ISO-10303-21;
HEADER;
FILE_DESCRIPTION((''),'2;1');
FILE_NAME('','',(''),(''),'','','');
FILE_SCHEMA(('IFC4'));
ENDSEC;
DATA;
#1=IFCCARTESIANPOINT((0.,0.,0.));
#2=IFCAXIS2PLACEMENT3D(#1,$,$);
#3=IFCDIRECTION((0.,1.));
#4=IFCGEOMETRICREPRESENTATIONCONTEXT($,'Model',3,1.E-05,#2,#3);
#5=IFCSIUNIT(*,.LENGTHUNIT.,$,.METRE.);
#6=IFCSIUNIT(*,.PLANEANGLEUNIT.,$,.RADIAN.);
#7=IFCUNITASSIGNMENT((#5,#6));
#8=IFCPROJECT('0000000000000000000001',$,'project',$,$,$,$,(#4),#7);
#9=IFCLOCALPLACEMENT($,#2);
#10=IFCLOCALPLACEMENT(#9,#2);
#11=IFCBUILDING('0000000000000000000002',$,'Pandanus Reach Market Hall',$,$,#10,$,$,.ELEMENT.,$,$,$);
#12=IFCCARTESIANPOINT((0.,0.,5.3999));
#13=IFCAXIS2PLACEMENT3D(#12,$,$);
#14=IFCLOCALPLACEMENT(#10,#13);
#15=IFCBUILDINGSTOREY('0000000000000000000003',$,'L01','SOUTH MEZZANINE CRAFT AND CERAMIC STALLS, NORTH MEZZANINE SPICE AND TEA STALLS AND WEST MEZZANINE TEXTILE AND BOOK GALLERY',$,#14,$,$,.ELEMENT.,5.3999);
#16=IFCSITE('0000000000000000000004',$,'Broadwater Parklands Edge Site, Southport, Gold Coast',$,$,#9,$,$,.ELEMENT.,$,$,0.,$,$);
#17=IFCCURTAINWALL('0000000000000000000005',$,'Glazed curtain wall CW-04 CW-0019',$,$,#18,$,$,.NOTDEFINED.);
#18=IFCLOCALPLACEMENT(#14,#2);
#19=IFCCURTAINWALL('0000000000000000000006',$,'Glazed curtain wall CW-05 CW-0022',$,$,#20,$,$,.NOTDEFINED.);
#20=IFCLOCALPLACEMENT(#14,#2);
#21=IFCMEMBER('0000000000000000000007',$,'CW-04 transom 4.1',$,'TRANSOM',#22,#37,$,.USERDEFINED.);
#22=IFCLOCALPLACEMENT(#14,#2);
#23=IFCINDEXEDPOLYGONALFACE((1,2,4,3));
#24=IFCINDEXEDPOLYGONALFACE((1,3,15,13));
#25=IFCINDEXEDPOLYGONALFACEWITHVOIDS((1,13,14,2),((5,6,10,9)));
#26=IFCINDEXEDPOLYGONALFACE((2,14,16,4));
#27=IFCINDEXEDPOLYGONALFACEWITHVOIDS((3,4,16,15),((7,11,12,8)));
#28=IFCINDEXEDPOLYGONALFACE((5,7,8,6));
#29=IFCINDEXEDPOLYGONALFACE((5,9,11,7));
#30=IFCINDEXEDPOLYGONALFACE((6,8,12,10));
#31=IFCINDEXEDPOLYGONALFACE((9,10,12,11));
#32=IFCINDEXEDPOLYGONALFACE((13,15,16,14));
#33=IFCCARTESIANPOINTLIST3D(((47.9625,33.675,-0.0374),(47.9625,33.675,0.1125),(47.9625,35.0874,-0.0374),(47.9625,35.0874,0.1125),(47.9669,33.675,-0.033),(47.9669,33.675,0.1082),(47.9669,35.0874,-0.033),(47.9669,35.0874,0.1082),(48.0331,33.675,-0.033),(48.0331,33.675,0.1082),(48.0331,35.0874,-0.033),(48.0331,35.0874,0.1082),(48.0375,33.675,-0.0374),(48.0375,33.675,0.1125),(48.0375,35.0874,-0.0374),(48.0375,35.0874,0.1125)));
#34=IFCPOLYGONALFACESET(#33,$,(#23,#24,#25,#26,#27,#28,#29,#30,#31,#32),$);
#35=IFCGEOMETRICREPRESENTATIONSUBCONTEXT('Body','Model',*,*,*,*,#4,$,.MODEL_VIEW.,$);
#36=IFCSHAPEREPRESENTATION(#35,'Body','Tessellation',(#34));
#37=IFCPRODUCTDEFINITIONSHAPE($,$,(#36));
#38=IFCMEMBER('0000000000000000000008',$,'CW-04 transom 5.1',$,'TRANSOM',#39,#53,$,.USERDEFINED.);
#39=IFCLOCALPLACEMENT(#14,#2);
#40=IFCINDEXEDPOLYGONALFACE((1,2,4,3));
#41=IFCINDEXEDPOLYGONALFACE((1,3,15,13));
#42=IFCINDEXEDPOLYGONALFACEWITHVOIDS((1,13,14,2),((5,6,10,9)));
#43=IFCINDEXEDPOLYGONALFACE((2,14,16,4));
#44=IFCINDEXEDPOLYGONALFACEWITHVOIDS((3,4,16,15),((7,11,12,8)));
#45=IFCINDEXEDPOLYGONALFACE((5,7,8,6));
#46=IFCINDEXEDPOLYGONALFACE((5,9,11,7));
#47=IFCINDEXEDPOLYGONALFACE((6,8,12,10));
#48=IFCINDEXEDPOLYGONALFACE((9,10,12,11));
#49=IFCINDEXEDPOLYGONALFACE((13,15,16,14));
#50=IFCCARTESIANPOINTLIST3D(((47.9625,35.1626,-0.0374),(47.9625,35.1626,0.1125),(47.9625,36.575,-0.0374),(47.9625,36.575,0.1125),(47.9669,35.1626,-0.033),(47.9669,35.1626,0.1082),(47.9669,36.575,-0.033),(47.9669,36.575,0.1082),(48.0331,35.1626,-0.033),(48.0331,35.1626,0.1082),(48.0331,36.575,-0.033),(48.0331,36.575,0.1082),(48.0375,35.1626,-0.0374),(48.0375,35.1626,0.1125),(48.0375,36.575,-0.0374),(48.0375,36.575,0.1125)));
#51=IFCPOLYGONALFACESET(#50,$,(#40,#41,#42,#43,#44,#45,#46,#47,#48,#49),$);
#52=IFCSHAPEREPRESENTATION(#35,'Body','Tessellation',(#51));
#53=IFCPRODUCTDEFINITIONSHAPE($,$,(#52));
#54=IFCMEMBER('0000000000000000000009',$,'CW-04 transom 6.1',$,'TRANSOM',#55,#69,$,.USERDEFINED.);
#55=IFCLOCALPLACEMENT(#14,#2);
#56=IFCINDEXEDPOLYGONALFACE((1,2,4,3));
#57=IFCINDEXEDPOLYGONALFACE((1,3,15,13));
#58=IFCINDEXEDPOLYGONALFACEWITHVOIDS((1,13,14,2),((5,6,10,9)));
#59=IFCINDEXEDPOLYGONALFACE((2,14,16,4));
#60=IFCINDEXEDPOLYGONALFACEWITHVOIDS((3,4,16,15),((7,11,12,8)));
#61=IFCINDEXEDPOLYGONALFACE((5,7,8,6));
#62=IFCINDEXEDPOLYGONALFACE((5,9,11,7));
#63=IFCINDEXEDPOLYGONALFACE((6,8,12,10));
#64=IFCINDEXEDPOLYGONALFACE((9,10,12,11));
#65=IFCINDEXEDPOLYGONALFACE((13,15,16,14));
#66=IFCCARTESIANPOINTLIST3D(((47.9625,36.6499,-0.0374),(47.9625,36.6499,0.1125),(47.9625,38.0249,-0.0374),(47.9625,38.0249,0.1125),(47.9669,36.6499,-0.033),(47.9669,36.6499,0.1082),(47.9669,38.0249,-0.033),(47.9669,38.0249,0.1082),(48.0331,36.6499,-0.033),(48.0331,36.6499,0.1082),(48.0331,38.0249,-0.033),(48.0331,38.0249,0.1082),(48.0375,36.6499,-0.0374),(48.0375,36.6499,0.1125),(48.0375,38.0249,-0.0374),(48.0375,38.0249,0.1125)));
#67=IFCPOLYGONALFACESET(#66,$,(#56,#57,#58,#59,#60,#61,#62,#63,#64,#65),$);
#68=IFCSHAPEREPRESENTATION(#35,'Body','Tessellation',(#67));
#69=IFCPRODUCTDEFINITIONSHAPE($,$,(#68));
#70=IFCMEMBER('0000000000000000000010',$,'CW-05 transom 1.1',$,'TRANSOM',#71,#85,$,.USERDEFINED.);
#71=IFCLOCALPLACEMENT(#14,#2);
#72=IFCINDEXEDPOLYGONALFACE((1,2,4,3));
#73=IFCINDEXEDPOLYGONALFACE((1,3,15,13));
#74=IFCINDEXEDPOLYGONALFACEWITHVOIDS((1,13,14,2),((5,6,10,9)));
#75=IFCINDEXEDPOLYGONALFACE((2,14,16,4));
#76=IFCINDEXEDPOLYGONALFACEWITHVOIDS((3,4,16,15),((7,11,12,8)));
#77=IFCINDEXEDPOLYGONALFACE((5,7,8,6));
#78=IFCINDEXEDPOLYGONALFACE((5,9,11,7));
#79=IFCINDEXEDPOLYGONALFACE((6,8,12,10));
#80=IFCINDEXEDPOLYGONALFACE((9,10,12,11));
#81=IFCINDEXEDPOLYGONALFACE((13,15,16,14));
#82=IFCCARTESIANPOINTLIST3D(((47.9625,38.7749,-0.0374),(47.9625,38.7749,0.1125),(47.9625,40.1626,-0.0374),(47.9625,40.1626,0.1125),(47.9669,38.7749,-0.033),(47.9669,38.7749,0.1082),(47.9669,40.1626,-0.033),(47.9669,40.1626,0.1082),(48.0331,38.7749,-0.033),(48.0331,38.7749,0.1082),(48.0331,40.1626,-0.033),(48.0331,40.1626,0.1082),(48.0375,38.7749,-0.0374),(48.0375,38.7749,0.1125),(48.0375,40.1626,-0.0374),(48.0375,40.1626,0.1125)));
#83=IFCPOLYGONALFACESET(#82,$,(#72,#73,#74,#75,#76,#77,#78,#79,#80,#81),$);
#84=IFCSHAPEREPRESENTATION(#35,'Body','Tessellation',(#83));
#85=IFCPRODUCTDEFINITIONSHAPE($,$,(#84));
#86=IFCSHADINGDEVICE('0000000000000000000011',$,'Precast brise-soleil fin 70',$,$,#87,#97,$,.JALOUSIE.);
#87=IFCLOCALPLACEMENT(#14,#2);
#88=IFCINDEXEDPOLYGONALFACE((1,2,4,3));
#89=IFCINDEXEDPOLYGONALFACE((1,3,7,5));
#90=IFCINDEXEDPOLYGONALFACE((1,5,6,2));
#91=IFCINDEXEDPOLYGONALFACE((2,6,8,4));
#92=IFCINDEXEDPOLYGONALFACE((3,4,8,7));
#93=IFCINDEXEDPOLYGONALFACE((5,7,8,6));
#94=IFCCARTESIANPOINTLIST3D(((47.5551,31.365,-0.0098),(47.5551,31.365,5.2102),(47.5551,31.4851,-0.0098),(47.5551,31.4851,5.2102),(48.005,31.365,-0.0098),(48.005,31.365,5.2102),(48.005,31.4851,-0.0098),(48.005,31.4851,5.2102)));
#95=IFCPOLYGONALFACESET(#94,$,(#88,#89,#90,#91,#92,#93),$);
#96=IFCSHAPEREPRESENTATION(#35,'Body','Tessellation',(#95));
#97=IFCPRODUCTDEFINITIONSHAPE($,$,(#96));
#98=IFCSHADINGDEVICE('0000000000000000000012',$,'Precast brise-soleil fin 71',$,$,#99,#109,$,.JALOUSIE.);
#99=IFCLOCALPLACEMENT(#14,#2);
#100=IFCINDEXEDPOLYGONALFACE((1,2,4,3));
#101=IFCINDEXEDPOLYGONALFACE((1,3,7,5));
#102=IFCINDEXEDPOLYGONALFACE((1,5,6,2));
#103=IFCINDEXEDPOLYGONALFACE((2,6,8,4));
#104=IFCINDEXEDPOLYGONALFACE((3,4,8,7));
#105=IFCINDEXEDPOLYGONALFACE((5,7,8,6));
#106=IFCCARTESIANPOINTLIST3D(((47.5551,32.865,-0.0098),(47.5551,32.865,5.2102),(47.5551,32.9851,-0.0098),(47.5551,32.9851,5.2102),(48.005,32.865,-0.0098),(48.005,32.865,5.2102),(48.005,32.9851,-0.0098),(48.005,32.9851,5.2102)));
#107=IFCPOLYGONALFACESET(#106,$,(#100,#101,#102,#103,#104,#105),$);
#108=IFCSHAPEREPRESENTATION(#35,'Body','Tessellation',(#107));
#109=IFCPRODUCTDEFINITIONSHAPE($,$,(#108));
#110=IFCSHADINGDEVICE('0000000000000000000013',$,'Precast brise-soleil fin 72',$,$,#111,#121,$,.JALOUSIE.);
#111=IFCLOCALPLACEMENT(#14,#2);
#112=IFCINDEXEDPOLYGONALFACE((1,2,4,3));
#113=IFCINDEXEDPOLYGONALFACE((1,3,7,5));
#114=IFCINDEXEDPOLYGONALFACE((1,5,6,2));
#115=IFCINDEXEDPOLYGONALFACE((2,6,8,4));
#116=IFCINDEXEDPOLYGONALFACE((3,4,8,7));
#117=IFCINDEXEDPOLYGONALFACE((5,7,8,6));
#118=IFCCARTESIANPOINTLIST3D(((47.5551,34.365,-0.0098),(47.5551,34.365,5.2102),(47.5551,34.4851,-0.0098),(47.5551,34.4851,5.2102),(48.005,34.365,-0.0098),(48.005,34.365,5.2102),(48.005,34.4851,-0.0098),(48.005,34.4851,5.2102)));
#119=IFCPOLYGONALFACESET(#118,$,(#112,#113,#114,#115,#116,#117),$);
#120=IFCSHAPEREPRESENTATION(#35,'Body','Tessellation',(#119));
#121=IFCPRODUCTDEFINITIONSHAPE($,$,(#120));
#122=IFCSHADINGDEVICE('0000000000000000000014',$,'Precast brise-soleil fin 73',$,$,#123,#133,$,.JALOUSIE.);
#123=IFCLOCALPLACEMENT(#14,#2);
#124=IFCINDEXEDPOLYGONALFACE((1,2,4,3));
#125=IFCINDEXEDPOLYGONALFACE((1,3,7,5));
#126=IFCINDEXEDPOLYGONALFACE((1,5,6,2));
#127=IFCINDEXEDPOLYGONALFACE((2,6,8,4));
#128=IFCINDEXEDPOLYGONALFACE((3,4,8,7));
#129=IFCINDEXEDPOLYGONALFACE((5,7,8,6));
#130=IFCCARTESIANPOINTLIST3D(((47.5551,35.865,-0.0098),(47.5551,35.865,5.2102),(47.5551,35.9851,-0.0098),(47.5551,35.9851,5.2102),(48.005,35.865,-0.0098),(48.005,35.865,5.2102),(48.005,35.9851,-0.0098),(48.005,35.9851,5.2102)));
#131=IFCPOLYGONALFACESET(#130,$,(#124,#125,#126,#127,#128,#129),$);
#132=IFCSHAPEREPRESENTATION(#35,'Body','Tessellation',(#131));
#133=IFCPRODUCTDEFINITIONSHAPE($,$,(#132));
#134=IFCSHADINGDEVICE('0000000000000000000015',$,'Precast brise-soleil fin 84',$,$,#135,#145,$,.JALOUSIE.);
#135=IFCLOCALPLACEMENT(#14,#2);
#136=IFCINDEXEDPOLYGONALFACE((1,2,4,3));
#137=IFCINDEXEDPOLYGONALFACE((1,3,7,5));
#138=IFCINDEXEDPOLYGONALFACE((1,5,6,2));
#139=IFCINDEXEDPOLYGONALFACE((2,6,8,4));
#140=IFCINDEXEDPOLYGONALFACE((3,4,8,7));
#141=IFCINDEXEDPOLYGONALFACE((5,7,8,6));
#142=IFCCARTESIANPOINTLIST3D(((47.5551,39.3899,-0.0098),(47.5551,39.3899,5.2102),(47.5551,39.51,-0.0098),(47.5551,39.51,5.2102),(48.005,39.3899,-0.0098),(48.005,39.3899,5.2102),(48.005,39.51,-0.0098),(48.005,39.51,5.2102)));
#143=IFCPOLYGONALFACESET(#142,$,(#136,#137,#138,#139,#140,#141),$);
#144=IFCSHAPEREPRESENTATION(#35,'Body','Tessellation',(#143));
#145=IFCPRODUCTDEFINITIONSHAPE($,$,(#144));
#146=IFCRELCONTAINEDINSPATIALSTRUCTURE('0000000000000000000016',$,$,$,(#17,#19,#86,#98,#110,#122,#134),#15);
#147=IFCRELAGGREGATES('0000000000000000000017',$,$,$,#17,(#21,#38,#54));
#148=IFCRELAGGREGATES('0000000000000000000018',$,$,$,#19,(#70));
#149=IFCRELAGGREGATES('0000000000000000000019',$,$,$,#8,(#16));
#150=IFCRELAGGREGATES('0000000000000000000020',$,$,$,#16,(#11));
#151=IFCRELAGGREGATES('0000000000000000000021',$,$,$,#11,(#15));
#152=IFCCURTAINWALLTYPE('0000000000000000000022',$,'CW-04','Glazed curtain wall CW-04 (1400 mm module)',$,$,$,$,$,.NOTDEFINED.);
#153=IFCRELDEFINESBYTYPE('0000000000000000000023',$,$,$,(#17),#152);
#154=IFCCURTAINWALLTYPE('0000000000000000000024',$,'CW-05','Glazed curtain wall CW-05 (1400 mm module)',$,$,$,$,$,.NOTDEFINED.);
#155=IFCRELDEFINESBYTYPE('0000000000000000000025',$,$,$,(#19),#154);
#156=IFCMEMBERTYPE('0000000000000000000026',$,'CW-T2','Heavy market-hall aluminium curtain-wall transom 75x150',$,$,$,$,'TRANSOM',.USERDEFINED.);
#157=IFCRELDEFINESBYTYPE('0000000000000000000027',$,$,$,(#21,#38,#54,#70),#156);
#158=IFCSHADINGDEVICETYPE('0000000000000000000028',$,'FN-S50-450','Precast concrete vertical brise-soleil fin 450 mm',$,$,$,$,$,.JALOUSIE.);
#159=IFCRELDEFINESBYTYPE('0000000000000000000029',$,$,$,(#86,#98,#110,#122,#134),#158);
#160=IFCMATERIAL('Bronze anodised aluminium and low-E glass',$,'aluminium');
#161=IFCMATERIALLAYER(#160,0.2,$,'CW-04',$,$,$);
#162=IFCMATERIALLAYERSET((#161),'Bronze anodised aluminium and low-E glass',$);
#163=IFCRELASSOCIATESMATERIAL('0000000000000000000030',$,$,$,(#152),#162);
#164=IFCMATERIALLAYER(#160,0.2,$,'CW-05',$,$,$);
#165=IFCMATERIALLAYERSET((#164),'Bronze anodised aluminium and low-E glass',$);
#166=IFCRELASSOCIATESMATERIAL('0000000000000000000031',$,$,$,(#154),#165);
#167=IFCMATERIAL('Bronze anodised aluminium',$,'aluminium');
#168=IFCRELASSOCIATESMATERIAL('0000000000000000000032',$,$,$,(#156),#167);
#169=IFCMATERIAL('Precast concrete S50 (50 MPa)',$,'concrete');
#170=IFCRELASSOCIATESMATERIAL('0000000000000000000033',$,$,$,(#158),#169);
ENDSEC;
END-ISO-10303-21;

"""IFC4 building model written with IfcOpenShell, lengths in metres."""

from ifc_helpers import new_model, si_unit, direction, frame, origin, origin_2d, place, context, subcontext, project, spatial, rectangle, hollow_rectangle, extrude, material, layer, layer_set, material_profile, profile_set, type_object, element, aggregate, save


model = new_model("IFC4")

# Units and contexts
model_context = context("Model", 3, precision=1e-05, world=origin(), true_north=direction((0.0, 1.0)))
body_context = subcontext(model_context, "Body", "Model", "MODEL_VIEW")
ifc_project = project(units=[si_unit("LENGTHUNIT", "METRE"), si_unit("PLANEANGLEUNIT", "RADIAN")], contexts=[model_context])

# Site, building, storey
site_placement = place(None, origin())
site = spatial("IfcSite", under=ifc_project, at=site_placement, Name="Broadwater Parklands Edge Site, Southport, Gold Coast", CompositionType="ELEMENT", RefElevation=0.0)
building_placement = place(site_placement, origin())
building = spatial("IfcBuilding", under=site, at=building_placement, Name="Pandanus Reach Market Hall", CompositionType="ELEMENT")
storey_placement = place(building_placement, frame((0.0, 0.0, 5.3999)))
storey = spatial("IfcBuildingStorey", under=building, at=storey_placement, Name="L01", Description="SOUTH MEZZANINE CRAFT AND CERAMIC STALLS, NORTH MEZZANINE SPICE AND TEA STALLS AND WEST MEZZANINE TEXTILE AND BOOK GALLERY", CompositionType="ELEMENT", Elevation=5.3999)

# Curtain walls
ifc_material_1 = material(Name="Bronze anodised aluminium and low-E glass", Category="aluminium")
ifc_layer_1 = layer(ifc_material_1, 0.2, Name="CW-04")
ifc_layer_set_1 = layer_set([ifc_layer_1], Name="Bronze anodised aluminium and low-E glass")
curtain_wall_type_1 = type_object("IfcCurtainWallType", Name="CW-04", Description="Glazed curtain wall CW-04 (1400 mm module)", PredefinedType="NOTDEFINED", material=ifc_layer_set_1)
curtain_wall_1_placement = place(storey_placement, origin())
curtain_wall_1 = element("IfcCurtainWall", 1, at=curtain_wall_1_placement, inside=storey, type_object=curtain_wall_type_1, Name="Glazed curtain wall CW-04 CW-0019", PredefinedType="NOTDEFINED")
ifc_material_2 = material(Name="Bronze anodised aluminium", Category="aluminium")
ifc_layer_2 = layer(ifc_material_1, 0.2, Name="CW-05")
ifc_layer_set_2 = layer_set([ifc_layer_2], Name="Bronze anodised aluminium and low-E glass")
curtain_wall_type_2 = type_object("IfcCurtainWallType", Name="CW-05", Description="Glazed curtain wall CW-05 (1400 mm module)", PredefinedType="NOTDEFINED", material=ifc_layer_set_2)
curtain_wall_2_placement = place(storey_placement, origin())
curtain_wall_2 = element("IfcCurtainWall", 2, at=curtain_wall_2_placement, inside=storey, type_object=curtain_wall_type_2, Name="Glazed curtain wall CW-05 CW-0022", PredefinedType="NOTDEFINED")

# Members
ifc_material_profile_1 = material_profile(ifc_material_2, hollow_rectangle(XDim=0.075, YDim=0.1499, WallThickness=0.0044, at=origin_2d()), Name="ALU75x150", Category="LoadBearing")
ifc_profile_set_1 = profile_set([ifc_material_profile_1], Name="Bronze anodised aluminium")
member_type_1 = type_object("IfcMemberType", Name="CW-T2", Description="Heavy market-hall aluminium curtain-wall transom 75x150", ElementType="TRANSOM", PredefinedType="USERDEFINED", material=ifc_profile_set_1)
member_1_placement = place(storey_placement, frame((48.0, 33.675, 0.0376), z_axis=(0.0, 1.0, 0.0), x_axis=(-1.0, 0.0, 0.0)))
member_1 = element("IfcMember", 3, at=member_1_placement, type_object=member_type_1, Name="CW-04 transom 4.1", ObjectType="TRANSOM", PredefinedType="USERDEFINED", context=body_context, shape_type="SweptSolid", body=[
    extrude(hollow_rectangle(XDim=0.075, YDim=0.1499, WallThickness=0.0044, at=origin_2d()), origin(), (0.0, 0.0, 1.0), 1.4124),
])
member_2_placement = place(storey_placement, frame((48.0, 35.1626, 0.0376), z_axis=(0.0, 1.0, 0.0), x_axis=(-1.0, 0.0, 0.0)))
member_2 = element("IfcMember", 4, at=member_2_placement, type_object=member_type_1, Name="CW-04 transom 5.1", ObjectType="TRANSOM", PredefinedType="USERDEFINED", context=body_context, shape_type="SweptSolid", body=[
    extrude(hollow_rectangle(XDim=0.075, YDim=0.1499, WallThickness=0.0044, at=origin_2d()), origin(), (0.0, 0.0, 1.0), 1.4124),
])
member_3_placement = place(storey_placement, frame((48.0, 36.6499, 0.0376), z_axis=(0.0, 1.0, 0.0), x_axis=(-1.0, 0.0, 0.0)))
member_3 = element("IfcMember", 5, at=member_3_placement, type_object=member_type_1, Name="CW-04 transom 6.1", ObjectType="TRANSOM", PredefinedType="USERDEFINED", context=body_context, shape_type="SweptSolid", body=[
    extrude(hollow_rectangle(XDim=0.075, YDim=0.1499, WallThickness=0.0044, at=origin_2d()), origin(), (0.0, 0.0, 1.0), 1.375),
])
aggregate(curtain_wall_1, [member_1, member_2, member_3])
member_4_placement = place(storey_placement, frame((48.0, 38.7749, 0.0376), z_axis=(0.0, 1.0, 0.0), x_axis=(-1.0, 0.0, 0.0)))
member_4 = element("IfcMember", 6, at=member_4_placement, type_object=member_type_1, Name="CW-05 transom 1.1", ObjectType="TRANSOM", PredefinedType="USERDEFINED", context=body_context, shape_type="SweptSolid", body=[
    extrude(hollow_rectangle(XDim=0.075, YDim=0.1499, WallThickness=0.0044, at=origin_2d()), origin(), (0.0, 0.0, 1.0), 1.3877),
])
aggregate(curtain_wall_2, [member_4])

# Shading devices
ifc_material_3 = material(Name="Precast concrete S50 (50 MPa)", Category="concrete")
shading_device_type = type_object("IfcShadingDeviceType", Name="FN-S50-450", Description="Precast concrete vertical brise-soleil fin 450 mm", PredefinedType="JALOUSIE", material=ifc_material_3)
for number, where, z_axis, x_axis, name in (
    (7, (47.78, 31.425, -0.0098), (0.0, 0.0, 1.0), (-1.0, 0.0, 0.0), "Precast brise-soleil fin 70"),
    (8, (47.78, 32.925, -0.0098), (0.0, 0.0, 1.0), (-1.0, 0.0, 0.0), "Precast brise-soleil fin 71"),
    (9, (47.78, 34.425, -0.0098), (0.0, 0.0, 1.0), (-1.0, 0.0, 0.0), "Precast brise-soleil fin 72"),
    (10, (47.78, 35.925, -0.0098), (0.0, 0.0, 1.0), (-1.0, 0.0, 0.0), "Precast brise-soleil fin 73"),
    (11, (47.78, 39.45, -0.0098), (0.0, 0.0, 1.0), (-1.0, 0.0, 0.0), "Precast brise-soleil fin 84"),
):
    element("IfcShadingDevice", number, at=place(storey_placement, frame(where, z_axis=z_axis, x_axis=x_axis)), inside=storey, type_object=shading_device_type, Name=name, PredefinedType="JALOUSIE", context=body_context, shape_type="SweptSolid", body=[
        extrude(rectangle(XDim=0.45, YDim=0.1201, at=origin_2d()), origin(), (0.0, 0.0, 1.0), 5.22),
    ])

save(model, "model.ifc")
